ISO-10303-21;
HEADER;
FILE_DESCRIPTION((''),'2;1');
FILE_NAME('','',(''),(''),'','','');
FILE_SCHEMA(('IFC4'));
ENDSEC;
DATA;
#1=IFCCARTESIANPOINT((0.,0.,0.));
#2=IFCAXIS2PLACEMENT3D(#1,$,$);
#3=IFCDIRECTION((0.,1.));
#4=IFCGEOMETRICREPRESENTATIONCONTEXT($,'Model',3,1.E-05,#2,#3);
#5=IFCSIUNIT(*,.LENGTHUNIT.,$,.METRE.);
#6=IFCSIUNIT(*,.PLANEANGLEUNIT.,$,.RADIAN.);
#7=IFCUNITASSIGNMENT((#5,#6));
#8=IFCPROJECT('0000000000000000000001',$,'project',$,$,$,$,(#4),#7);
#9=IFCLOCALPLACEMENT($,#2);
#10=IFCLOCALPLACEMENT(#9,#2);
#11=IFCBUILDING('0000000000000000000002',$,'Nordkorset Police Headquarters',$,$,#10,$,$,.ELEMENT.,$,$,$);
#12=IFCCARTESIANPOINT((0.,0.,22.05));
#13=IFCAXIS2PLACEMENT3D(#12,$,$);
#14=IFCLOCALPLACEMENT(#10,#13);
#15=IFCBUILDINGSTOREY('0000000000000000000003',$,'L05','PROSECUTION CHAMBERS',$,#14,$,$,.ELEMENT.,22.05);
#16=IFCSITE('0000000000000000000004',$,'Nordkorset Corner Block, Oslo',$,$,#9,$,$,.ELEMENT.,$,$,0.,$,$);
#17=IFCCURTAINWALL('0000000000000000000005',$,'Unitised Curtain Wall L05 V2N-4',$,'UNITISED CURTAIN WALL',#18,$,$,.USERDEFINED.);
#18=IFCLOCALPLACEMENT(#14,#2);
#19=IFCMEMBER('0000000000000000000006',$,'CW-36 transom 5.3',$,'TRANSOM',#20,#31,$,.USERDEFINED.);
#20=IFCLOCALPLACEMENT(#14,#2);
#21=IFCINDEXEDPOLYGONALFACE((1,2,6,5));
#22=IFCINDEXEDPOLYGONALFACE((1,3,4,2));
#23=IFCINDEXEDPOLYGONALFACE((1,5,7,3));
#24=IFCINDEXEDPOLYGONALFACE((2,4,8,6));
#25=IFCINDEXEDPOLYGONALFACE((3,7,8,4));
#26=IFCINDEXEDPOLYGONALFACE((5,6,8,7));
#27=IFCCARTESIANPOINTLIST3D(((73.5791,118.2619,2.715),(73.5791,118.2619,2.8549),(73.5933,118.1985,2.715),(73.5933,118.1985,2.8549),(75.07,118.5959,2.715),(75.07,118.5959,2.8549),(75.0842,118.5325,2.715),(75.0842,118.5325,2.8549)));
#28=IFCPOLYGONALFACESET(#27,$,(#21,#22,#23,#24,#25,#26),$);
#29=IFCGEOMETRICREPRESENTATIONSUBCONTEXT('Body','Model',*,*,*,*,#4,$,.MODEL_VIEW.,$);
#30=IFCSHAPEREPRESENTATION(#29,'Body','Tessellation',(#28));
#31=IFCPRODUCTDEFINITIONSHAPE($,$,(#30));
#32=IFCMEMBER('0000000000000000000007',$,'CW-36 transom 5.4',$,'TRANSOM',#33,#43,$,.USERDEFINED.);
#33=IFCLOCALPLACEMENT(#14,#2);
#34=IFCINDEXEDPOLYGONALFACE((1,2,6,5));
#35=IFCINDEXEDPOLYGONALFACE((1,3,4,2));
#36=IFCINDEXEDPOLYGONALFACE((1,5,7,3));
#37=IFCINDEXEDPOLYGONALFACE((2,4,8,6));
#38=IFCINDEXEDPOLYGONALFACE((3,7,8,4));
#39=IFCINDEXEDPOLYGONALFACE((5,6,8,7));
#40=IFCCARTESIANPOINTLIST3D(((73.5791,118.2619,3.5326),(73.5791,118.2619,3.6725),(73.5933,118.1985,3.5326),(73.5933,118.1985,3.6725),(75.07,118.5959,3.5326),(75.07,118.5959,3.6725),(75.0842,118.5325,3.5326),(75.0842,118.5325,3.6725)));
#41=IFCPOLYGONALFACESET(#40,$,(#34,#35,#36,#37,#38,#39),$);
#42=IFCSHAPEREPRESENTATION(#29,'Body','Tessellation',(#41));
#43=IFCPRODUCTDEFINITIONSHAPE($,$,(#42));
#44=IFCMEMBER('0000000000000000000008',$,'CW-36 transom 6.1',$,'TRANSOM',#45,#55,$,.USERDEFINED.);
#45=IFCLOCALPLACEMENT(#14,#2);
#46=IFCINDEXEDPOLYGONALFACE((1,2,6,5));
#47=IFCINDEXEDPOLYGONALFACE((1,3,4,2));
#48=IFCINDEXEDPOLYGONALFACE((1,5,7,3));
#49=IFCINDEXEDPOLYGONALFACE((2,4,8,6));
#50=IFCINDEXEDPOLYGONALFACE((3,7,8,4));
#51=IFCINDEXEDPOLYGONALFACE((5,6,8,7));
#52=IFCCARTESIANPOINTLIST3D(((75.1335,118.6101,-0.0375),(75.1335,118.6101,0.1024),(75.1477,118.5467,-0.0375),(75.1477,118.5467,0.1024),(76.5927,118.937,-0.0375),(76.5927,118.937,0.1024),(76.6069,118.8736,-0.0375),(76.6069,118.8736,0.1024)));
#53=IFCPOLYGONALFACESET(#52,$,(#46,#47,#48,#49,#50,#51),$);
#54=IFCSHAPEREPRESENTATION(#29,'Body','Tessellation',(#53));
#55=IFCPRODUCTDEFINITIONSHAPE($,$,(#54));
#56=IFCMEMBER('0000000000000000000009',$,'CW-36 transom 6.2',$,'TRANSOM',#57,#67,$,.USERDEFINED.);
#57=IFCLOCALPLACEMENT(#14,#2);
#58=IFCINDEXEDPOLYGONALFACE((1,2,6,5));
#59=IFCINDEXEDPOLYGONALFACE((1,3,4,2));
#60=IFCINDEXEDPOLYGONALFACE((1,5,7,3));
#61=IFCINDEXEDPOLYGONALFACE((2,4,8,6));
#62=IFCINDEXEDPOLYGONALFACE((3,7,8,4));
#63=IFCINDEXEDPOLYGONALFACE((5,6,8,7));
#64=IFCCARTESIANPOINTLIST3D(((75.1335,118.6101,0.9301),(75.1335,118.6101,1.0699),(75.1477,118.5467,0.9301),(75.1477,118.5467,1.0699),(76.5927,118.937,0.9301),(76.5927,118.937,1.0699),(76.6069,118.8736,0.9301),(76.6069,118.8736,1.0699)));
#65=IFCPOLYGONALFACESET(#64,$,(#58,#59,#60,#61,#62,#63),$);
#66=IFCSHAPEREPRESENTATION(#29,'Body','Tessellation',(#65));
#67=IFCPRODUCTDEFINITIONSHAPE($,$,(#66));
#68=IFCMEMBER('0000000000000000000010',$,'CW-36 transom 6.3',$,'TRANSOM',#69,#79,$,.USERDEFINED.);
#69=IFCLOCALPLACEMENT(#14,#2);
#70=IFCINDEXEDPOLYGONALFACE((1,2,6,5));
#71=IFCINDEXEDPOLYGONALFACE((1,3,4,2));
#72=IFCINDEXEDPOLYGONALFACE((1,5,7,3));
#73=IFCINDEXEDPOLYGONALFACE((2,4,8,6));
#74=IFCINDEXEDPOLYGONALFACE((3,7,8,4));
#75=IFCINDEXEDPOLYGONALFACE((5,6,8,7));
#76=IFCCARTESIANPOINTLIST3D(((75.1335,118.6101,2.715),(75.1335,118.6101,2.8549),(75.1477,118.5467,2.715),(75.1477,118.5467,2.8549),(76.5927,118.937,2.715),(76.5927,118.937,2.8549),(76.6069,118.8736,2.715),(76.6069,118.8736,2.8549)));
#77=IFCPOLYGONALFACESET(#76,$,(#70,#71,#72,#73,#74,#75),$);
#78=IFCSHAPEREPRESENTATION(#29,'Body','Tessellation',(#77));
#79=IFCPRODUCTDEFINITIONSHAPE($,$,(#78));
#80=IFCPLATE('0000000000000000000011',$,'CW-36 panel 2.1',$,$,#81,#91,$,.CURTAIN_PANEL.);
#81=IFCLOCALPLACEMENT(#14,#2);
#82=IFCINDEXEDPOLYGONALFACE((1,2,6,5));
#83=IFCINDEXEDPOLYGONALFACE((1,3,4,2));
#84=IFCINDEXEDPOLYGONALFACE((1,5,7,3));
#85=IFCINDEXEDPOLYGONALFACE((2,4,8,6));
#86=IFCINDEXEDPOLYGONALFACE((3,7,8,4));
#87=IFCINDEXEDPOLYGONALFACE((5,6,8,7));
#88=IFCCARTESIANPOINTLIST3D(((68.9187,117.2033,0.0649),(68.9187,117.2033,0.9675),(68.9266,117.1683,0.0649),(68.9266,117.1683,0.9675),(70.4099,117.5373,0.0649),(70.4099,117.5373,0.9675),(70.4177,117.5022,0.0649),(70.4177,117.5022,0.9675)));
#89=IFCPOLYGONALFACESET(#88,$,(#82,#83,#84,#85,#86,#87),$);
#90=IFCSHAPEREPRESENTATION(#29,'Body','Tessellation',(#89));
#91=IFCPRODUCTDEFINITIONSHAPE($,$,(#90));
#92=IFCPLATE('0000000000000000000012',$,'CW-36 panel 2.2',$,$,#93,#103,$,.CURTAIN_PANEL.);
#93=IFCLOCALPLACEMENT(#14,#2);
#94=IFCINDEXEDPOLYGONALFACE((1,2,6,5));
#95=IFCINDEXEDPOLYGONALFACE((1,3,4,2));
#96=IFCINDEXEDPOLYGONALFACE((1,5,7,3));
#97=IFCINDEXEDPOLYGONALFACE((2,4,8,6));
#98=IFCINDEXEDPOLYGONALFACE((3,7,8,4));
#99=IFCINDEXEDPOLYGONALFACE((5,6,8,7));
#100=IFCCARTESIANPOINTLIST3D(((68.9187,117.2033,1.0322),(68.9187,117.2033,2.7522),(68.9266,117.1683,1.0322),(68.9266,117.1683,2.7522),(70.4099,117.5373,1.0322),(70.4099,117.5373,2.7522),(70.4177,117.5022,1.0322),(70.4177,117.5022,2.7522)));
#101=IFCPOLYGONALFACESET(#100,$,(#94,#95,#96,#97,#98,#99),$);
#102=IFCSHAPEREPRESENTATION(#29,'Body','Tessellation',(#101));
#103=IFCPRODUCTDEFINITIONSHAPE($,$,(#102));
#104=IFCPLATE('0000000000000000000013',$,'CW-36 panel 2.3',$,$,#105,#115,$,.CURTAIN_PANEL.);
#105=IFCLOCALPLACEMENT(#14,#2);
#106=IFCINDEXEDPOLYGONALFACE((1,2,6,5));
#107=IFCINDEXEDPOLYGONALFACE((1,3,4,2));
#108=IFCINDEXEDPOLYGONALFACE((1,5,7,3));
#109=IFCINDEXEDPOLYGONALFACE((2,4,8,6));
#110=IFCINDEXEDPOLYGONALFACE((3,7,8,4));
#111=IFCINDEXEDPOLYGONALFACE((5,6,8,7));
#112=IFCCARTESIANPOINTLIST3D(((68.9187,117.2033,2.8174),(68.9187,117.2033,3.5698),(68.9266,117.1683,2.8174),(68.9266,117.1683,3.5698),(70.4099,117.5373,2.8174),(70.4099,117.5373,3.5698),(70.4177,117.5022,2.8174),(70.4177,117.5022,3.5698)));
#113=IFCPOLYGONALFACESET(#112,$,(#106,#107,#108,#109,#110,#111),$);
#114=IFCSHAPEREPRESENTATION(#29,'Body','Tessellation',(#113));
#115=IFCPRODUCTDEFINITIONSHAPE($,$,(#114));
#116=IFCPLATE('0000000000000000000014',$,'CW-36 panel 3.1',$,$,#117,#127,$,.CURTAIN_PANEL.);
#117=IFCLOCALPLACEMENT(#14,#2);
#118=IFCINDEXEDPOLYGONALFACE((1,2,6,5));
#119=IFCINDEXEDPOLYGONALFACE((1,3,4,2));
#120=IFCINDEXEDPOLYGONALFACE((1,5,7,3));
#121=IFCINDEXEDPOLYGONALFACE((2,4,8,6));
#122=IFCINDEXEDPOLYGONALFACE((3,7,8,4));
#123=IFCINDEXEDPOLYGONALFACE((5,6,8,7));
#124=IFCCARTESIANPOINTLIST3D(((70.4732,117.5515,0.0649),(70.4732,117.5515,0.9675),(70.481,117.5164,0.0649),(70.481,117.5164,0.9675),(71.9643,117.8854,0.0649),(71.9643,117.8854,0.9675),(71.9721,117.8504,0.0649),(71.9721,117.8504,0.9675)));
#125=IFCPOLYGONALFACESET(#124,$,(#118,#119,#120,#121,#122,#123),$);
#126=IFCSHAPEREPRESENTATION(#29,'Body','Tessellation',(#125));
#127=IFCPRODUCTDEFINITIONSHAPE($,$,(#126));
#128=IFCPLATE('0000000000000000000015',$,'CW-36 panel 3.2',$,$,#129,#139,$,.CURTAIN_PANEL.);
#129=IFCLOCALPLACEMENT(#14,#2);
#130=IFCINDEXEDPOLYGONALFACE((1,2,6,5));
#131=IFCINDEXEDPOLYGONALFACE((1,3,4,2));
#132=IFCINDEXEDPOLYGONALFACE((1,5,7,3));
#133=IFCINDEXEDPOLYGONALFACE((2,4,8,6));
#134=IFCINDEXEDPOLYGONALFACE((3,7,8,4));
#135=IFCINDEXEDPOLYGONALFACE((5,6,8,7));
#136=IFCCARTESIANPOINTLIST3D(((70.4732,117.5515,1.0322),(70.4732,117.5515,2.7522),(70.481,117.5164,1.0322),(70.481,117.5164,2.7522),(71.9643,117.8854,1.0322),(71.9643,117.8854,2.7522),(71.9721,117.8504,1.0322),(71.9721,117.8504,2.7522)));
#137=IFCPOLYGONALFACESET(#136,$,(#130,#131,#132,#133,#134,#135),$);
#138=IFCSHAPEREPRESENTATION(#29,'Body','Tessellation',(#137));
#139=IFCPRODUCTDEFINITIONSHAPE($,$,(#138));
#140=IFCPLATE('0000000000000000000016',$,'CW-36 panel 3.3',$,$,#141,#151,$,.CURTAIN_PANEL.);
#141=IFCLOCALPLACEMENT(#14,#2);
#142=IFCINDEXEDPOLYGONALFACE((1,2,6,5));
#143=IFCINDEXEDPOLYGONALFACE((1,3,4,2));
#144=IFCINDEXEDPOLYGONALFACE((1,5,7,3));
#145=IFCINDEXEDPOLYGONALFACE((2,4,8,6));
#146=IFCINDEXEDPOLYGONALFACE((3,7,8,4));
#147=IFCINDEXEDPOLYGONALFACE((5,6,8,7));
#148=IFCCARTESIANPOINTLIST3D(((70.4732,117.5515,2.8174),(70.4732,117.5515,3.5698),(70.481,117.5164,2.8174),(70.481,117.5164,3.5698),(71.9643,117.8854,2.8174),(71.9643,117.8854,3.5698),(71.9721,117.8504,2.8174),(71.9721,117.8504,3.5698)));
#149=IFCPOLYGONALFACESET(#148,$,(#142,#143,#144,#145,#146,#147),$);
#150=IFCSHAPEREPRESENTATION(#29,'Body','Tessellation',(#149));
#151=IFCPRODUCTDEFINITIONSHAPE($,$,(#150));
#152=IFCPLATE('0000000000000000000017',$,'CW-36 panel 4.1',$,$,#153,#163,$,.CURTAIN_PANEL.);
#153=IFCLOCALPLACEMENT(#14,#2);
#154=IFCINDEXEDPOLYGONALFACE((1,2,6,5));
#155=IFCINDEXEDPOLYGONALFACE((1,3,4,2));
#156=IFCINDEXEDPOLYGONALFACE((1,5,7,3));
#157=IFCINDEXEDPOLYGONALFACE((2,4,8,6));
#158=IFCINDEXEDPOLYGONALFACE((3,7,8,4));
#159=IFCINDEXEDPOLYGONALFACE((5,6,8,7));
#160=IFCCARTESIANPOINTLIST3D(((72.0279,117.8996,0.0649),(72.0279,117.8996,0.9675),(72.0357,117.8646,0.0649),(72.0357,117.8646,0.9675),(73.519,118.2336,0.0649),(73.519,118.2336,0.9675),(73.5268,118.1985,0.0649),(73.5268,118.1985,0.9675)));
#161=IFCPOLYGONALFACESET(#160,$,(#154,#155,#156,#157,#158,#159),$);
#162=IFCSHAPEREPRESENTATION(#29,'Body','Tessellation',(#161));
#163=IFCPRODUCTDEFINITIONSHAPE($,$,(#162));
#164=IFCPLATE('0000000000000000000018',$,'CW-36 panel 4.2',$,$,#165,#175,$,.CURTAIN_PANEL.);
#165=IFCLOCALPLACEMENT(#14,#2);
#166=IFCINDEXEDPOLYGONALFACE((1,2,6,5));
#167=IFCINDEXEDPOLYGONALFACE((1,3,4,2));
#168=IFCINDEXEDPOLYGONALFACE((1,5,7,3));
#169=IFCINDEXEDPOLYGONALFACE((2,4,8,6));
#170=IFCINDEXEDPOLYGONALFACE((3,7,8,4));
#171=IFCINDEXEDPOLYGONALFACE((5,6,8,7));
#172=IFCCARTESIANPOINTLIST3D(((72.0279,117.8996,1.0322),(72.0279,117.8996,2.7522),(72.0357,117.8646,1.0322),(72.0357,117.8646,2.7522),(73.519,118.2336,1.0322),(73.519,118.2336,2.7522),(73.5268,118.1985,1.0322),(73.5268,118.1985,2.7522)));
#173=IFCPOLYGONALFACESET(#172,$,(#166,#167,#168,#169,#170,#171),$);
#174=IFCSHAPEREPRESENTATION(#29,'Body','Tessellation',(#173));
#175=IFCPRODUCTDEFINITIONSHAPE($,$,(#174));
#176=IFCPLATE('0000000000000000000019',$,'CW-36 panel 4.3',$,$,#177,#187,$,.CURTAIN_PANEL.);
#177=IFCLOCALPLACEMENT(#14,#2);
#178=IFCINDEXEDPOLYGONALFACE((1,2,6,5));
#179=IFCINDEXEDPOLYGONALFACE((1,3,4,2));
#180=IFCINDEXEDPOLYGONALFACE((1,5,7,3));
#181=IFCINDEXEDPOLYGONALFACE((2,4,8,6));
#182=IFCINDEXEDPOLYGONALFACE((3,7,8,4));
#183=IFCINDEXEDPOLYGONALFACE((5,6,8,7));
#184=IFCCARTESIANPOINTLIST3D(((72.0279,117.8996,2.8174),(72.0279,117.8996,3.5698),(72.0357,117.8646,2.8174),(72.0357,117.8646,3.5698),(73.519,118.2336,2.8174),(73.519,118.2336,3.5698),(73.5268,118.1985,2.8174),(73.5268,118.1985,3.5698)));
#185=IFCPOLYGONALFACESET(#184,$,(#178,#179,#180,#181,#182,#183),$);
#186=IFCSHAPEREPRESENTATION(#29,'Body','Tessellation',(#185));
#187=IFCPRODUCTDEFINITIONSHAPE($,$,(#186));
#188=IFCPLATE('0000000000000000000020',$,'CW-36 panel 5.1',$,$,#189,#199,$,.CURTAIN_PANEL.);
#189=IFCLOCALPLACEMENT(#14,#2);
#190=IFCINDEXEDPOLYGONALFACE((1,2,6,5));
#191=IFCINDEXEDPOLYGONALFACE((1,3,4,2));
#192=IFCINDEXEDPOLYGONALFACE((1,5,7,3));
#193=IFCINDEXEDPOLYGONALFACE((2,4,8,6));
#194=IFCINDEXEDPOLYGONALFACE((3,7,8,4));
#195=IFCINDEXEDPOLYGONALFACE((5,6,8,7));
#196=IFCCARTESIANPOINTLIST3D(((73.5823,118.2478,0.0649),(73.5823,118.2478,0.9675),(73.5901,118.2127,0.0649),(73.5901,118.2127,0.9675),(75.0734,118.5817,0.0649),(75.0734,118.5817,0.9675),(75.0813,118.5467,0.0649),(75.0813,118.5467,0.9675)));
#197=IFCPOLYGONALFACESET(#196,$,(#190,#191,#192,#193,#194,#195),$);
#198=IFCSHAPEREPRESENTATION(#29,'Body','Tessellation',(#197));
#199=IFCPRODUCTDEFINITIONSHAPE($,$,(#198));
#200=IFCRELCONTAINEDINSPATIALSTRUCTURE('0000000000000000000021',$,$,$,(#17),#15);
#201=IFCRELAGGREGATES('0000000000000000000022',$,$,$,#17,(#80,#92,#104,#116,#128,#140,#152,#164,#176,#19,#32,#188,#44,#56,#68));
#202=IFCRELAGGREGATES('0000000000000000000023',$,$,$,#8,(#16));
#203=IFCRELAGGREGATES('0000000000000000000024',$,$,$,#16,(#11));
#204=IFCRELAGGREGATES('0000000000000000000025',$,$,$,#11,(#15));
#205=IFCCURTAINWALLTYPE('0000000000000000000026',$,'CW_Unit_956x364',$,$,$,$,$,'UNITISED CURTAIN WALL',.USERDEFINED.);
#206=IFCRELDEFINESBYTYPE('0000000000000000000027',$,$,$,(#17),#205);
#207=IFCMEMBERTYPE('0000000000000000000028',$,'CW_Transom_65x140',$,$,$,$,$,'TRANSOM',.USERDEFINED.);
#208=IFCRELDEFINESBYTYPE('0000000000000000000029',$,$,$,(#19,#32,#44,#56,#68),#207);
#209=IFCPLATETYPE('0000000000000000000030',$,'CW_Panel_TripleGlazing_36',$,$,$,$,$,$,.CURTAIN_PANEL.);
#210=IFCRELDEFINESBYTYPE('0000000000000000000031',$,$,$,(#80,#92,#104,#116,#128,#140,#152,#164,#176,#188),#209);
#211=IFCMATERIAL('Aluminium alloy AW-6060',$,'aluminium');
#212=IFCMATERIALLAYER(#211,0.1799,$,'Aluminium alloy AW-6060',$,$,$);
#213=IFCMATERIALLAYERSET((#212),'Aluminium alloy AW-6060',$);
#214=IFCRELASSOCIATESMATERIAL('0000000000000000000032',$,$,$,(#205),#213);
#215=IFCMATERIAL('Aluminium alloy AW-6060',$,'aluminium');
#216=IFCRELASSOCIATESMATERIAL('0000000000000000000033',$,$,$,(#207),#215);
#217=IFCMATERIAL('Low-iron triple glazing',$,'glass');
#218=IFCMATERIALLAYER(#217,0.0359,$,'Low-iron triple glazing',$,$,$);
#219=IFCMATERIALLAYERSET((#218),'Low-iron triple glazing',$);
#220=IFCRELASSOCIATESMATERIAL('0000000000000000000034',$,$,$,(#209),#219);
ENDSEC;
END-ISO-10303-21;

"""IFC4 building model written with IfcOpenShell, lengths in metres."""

from ifc_helpers import new_model, si_unit, direction, frame, origin, origin_2d, place, context, subcontext, project, spatial, rectangle, extrude, material, layer, layer_set, material_profile, profile_set, type_object, element, aggregate, save


model = new_model("IFC4")

# Units and contexts
model_context = context("Model", 3, precision=1e-05, world=origin(), true_north=direction((0.0, 1.0)))
body_context = subcontext(model_context, "Body", "Model", "MODEL_VIEW")
ifc_project = project(units=[si_unit("LENGTHUNIT", "METRE"), si_unit("PLANEANGLEUNIT", "RADIAN")], contexts=[model_context])

# Site, building, storey
site_placement = place(None, origin())
site = spatial("IfcSite", under=ifc_project, at=site_placement, Name="Nordkorset Corner Block, Oslo", CompositionType="ELEMENT", RefElevation=0.0)
building_placement = place(site_placement, origin())
building = spatial("IfcBuilding", under=site, at=building_placement, Name="Nordkorset Police Headquarters", CompositionType="ELEMENT")
storey_placement = place(building_placement, frame((0.0, 0.0, 22.05)))
storey = spatial("IfcBuildingStorey", under=building, at=storey_placement, Name="L05", Description="PROSECUTION CHAMBERS", CompositionType="ELEMENT", Elevation=22.05)

# Curtain wall, members, plates
ifc_material_1 = material(Name="Aluminium alloy AW-6060", Category="aluminium")
ifc_layer_1 = layer(ifc_material_1, 0.1799, Name="Aluminium alloy AW-6060")
ifc_layer_set_1 = layer_set([ifc_layer_1], Name="Aluminium alloy AW-6060")
curtain_wall_type = type_object("IfcCurtainWallType", Name="CW_Unit_956x364", ElementType="UNITISED CURTAIN WALL", PredefinedType="USERDEFINED", material=ifc_layer_set_1)
curtain_wall_placement = place(storey_placement, origin())
curtain_wall = element("IfcCurtainWall", 1, at=curtain_wall_placement, inside=storey, type_object=curtain_wall_type, Name="Unitised Curtain Wall L05 V2N-4", ObjectType="UNITISED CURTAIN WALL", PredefinedType="USERDEFINED")
ifc_material_2 = material(Name="Aluminium alloy AW-6060", Category="aluminium")
ifc_material_profile_1 = material_profile(ifc_material_2, rectangle(XDim=0.0649, YDim=0.1399, at=origin_2d()), Name="ALU TRAN 65x140")
ifc_profile_set_1 = profile_set([ifc_material_profile_1], Name="Aluminium alloy AW-6060")
member_type_1 = type_object("IfcMemberType", Name="CW_Transom_65x140", ElementType="TRANSOM", PredefinedType="USERDEFINED", material=ifc_profile_set_1)
member_1_placement = place(storey_placement, frame((73.5862, 118.2302, 2.7849), z_axis=(0.975817, 0.218588, 0.0), x_axis=(-0.218588, 0.975817, 0.0)))
member_1 = element("IfcMember", 2, at=member_1_placement, type_object=member_type_1, Name="CW-36 transom 5.3", ObjectType="TRANSOM", PredefinedType="USERDEFINED", context=body_context, shape_type="SweptSolid", body=[
    extrude(rectangle(XDim=0.0649, YDim=0.1399, at=origin_2d()), origin(), (0.0, 0.0, 1.0), 1.5278),
])
member_2_placement = place(storey_placement, frame((73.5862, 118.2302, 3.6025), z_axis=(0.975817, 0.218588, 0.0), x_axis=(-0.218588, 0.975817, 0.0)))
member_2 = element("IfcMember", 3, at=member_2_placement, type_object=member_type_1, Name="CW-36 transom 5.4", ObjectType="TRANSOM", PredefinedType="USERDEFINED", context=body_context, shape_type="SweptSolid", body=[
    extrude(rectangle(XDim=0.0649, YDim=0.1399, at=origin_2d()), origin(), (0.0, 0.0, 1.0), 1.5278),
])
member_3_placement = place(storey_placement, frame((75.1406, 118.5784, 0.0325), z_axis=(0.975813, 0.218607, 0.0), x_axis=(-0.218607, 0.975813, 0.0)))
member_3 = element("IfcMember", 4, at=member_3_placement, type_object=member_type_1, Name="CW-36 transom 6.1", ObjectType="TRANSOM", PredefinedType="USERDEFINED", context=body_context, shape_type="SweptSolid", body=[
    extrude(rectangle(XDim=0.0649, YDim=0.1399, at=origin_2d()), origin(), (0.0, 0.0, 1.0), 1.4954),
])
member_4_placement = place(storey_placement, frame((75.1406, 118.5784, 1.0), z_axis=(0.975813, 0.218607, 0.0), x_axis=(-0.218607, 0.975813, 0.0)))
member_4 = element("IfcMember", 5, at=member_4_placement, type_object=member_type_1, Name="CW-36 transom 6.2", ObjectType="TRANSOM", PredefinedType="USERDEFINED", context=body_context, shape_type="SweptSolid", body=[
    extrude(rectangle(XDim=0.0649, YDim=0.1399, at=origin_2d()), origin(), (0.0, 0.0, 1.0), 1.4954),
])
member_5_placement = place(storey_placement, frame((75.1406, 118.5784, 2.7849), z_axis=(0.975813, 0.218607, 0.0), x_axis=(-0.218607, 0.975813, 0.0)))
member_5 = element("IfcMember", 6, at=member_5_placement, type_object=member_type_1, Name="CW-36 transom 6.3", ObjectType="TRANSOM", PredefinedType="USERDEFINED", context=body_context, shape_type="SweptSolid", body=[
    extrude(rectangle(XDim=0.0649, YDim=0.1399, at=origin_2d()), origin(), (0.0, 0.0, 1.0), 1.4954),
])
ifc_material_3 = material(Name="Low-iron triple glazing", Category="glass")
ifc_layer_2 = layer(ifc_material_3, 0.0359, Name="Low-iron triple glazing")
ifc_layer_set_2 = layer_set([ifc_layer_2], Name="Low-iron triple glazing")
plate_type = type_object("IfcPlateType", Name="CW_Panel_TripleGlazing_36", PredefinedType="CURTAIN_PANEL", material=ifc_layer_set_2)
plate_1_placement = place(storey_placement, frame((69.6682, 117.3528, 0.0649), z_axis=(0.0, 0.0, 1.0), x_axis=(0.975827, 0.218544, 0.0)))
plate_1 = element("IfcPlate", 7, at=plate_1_placement, type_object=plate_type, Name="CW-36 panel 2.1", PredefinedType="CURTAIN_PANEL", context=body_context, shape_type="SweptSolid", body=[
    extrude(rectangle(XDim=1.5281, YDim=0.0359, at=origin_2d()), origin(), (0.0, 0.0, 1.0), 0.9026),
])
plate_2_placement = place(storey_placement, frame((69.6682, 117.3528, 1.0322), z_axis=(0.0, 0.0, 1.0), x_axis=(0.975827, 0.218544, 0.0)))
plate_2 = element("IfcPlate", 8, at=plate_2_placement, type_object=plate_type, Name="CW-36 panel 2.2", PredefinedType="CURTAIN_PANEL", context=body_context, shape_type="SweptSolid", body=[
    extrude(rectangle(XDim=1.5281, YDim=0.0359, at=origin_2d()), origin(), (0.0, 0.0, 1.0), 1.72),
])
plate_3_placement = place(storey_placement, frame((69.6682, 117.3528, 2.8174), z_axis=(0.0, 0.0, 1.0), x_axis=(0.975827, 0.218544, 0.0)))
plate_3 = element("IfcPlate", 9, at=plate_3_placement, type_object=plate_type, Name="CW-36 panel 2.3", PredefinedType="CURTAIN_PANEL", context=body_context, shape_type="SweptSolid", body=[
    extrude(rectangle(XDim=1.5281, YDim=0.0359, at=origin_2d()), origin(), (0.0, 0.0, 1.0), 0.7524),
])
plate_4_placement = place(storey_placement, frame((71.2227, 117.7009, 0.0649), z_axis=(0.0, 0.0, 1.0), x_axis=(0.975827, 0.218544, 0.0)))
plate_4 = element("IfcPlate", 10, at=plate_4_placement, type_object=plate_type, Name="CW-36 panel 3.1", PredefinedType="CURTAIN_PANEL", context=body_context, shape_type="SweptSolid", body=[
    extrude(rectangle(XDim=1.5281, YDim=0.0359, at=origin_2d()), origin(), (0.0, 0.0, 1.0), 0.9026),
])
plate_5_placement = place(storey_placement, frame((71.2227, 117.7009, 1.0322), z_axis=(0.0, 0.0, 1.0), x_axis=(0.975827, 0.218544, 0.0)))
plate_5 = element("IfcPlate", 11, at=plate_5_placement, type_object=plate_type, Name="CW-36 panel 3.2", PredefinedType="CURTAIN_PANEL", context=body_context, shape_type="SweptSolid", body=[
    extrude(rectangle(XDim=1.5281, YDim=0.0359, at=origin_2d()), origin(), (0.0, 0.0, 1.0), 1.72),
])
plate_6_placement = place(storey_placement, frame((71.2227, 117.7009, 2.8174), z_axis=(0.0, 0.0, 1.0), x_axis=(0.975827, 0.218544, 0.0)))
plate_6 = element("IfcPlate", 12, at=plate_6_placement, type_object=plate_type, Name="CW-36 panel 3.3", PredefinedType="CURTAIN_PANEL", context=body_context, shape_type="SweptSolid", body=[
    extrude(rectangle(XDim=1.5281, YDim=0.0359, at=origin_2d()), origin(), (0.0, 0.0, 1.0), 0.7524),
])
plate_7_placement = place(storey_placement, frame((72.7773, 118.0491, 0.0649), z_axis=(0.0, 0.0, 1.0), x_axis=(0.975827, 0.218544, 0.0)))
plate_7 = element("IfcPlate", 13, at=plate_7_placement, type_object=plate_type, Name="CW-36 panel 4.1", PredefinedType="CURTAIN_PANEL", context=body_context, shape_type="SweptSolid", body=[
    extrude(rectangle(XDim=1.5281, YDim=0.0359, at=origin_2d()), origin(), (0.0, 0.0, 1.0), 0.9026),
])
plate_8_placement = place(storey_placement, frame((72.7773, 118.0491, 1.0322), z_axis=(0.0, 0.0, 1.0), x_axis=(0.975827, 0.218544, 0.0)))
plate_8 = element("IfcPlate", 14, at=plate_8_placement, type_object=plate_type, Name="CW-36 panel 4.2", PredefinedType="CURTAIN_PANEL", context=body_context, shape_type="SweptSolid", body=[
    extrude(rectangle(XDim=1.5281, YDim=0.0359, at=origin_2d()), origin(), (0.0, 0.0, 1.0), 1.72),
])
plate_9_placement = place(storey_placement, frame((72.7773, 118.0491, 2.8174), z_axis=(0.0, 0.0, 1.0), x_axis=(0.975827, 0.218544, 0.0)))
plate_9 = element("IfcPlate", 15, at=plate_9_placement, type_object=plate_type, Name="CW-36 panel 4.3", PredefinedType="CURTAIN_PANEL", context=body_context, shape_type="SweptSolid", body=[
    extrude(rectangle(XDim=1.5281, YDim=0.0359, at=origin_2d()), origin(), (0.0, 0.0, 1.0), 0.7524),
])
plate_10_placement = place(storey_placement, frame((74.3318, 118.3972, 0.0649), z_axis=(0.0, 0.0, 1.0), x_axis=(0.975827, 0.218544, 0.0)))
plate_10 = element("IfcPlate", 16, at=plate_10_placement, type_object=plate_type, Name="CW-36 panel 5.1", PredefinedType="CURTAIN_PANEL", context=body_context, shape_type="SweptSolid", body=[
    extrude(rectangle(XDim=1.5281, YDim=0.0359, at=origin_2d()), origin(), (0.0, 0.0, 1.0), 0.9026),
])
aggregate(curtain_wall, [plate_1, plate_2, plate_3, plate_4, plate_5, plate_6, plate_7, plate_8, plate_9, member_1, member_2, plate_10, member_3, member_4, member_5])

save(model, "model.ifc")
